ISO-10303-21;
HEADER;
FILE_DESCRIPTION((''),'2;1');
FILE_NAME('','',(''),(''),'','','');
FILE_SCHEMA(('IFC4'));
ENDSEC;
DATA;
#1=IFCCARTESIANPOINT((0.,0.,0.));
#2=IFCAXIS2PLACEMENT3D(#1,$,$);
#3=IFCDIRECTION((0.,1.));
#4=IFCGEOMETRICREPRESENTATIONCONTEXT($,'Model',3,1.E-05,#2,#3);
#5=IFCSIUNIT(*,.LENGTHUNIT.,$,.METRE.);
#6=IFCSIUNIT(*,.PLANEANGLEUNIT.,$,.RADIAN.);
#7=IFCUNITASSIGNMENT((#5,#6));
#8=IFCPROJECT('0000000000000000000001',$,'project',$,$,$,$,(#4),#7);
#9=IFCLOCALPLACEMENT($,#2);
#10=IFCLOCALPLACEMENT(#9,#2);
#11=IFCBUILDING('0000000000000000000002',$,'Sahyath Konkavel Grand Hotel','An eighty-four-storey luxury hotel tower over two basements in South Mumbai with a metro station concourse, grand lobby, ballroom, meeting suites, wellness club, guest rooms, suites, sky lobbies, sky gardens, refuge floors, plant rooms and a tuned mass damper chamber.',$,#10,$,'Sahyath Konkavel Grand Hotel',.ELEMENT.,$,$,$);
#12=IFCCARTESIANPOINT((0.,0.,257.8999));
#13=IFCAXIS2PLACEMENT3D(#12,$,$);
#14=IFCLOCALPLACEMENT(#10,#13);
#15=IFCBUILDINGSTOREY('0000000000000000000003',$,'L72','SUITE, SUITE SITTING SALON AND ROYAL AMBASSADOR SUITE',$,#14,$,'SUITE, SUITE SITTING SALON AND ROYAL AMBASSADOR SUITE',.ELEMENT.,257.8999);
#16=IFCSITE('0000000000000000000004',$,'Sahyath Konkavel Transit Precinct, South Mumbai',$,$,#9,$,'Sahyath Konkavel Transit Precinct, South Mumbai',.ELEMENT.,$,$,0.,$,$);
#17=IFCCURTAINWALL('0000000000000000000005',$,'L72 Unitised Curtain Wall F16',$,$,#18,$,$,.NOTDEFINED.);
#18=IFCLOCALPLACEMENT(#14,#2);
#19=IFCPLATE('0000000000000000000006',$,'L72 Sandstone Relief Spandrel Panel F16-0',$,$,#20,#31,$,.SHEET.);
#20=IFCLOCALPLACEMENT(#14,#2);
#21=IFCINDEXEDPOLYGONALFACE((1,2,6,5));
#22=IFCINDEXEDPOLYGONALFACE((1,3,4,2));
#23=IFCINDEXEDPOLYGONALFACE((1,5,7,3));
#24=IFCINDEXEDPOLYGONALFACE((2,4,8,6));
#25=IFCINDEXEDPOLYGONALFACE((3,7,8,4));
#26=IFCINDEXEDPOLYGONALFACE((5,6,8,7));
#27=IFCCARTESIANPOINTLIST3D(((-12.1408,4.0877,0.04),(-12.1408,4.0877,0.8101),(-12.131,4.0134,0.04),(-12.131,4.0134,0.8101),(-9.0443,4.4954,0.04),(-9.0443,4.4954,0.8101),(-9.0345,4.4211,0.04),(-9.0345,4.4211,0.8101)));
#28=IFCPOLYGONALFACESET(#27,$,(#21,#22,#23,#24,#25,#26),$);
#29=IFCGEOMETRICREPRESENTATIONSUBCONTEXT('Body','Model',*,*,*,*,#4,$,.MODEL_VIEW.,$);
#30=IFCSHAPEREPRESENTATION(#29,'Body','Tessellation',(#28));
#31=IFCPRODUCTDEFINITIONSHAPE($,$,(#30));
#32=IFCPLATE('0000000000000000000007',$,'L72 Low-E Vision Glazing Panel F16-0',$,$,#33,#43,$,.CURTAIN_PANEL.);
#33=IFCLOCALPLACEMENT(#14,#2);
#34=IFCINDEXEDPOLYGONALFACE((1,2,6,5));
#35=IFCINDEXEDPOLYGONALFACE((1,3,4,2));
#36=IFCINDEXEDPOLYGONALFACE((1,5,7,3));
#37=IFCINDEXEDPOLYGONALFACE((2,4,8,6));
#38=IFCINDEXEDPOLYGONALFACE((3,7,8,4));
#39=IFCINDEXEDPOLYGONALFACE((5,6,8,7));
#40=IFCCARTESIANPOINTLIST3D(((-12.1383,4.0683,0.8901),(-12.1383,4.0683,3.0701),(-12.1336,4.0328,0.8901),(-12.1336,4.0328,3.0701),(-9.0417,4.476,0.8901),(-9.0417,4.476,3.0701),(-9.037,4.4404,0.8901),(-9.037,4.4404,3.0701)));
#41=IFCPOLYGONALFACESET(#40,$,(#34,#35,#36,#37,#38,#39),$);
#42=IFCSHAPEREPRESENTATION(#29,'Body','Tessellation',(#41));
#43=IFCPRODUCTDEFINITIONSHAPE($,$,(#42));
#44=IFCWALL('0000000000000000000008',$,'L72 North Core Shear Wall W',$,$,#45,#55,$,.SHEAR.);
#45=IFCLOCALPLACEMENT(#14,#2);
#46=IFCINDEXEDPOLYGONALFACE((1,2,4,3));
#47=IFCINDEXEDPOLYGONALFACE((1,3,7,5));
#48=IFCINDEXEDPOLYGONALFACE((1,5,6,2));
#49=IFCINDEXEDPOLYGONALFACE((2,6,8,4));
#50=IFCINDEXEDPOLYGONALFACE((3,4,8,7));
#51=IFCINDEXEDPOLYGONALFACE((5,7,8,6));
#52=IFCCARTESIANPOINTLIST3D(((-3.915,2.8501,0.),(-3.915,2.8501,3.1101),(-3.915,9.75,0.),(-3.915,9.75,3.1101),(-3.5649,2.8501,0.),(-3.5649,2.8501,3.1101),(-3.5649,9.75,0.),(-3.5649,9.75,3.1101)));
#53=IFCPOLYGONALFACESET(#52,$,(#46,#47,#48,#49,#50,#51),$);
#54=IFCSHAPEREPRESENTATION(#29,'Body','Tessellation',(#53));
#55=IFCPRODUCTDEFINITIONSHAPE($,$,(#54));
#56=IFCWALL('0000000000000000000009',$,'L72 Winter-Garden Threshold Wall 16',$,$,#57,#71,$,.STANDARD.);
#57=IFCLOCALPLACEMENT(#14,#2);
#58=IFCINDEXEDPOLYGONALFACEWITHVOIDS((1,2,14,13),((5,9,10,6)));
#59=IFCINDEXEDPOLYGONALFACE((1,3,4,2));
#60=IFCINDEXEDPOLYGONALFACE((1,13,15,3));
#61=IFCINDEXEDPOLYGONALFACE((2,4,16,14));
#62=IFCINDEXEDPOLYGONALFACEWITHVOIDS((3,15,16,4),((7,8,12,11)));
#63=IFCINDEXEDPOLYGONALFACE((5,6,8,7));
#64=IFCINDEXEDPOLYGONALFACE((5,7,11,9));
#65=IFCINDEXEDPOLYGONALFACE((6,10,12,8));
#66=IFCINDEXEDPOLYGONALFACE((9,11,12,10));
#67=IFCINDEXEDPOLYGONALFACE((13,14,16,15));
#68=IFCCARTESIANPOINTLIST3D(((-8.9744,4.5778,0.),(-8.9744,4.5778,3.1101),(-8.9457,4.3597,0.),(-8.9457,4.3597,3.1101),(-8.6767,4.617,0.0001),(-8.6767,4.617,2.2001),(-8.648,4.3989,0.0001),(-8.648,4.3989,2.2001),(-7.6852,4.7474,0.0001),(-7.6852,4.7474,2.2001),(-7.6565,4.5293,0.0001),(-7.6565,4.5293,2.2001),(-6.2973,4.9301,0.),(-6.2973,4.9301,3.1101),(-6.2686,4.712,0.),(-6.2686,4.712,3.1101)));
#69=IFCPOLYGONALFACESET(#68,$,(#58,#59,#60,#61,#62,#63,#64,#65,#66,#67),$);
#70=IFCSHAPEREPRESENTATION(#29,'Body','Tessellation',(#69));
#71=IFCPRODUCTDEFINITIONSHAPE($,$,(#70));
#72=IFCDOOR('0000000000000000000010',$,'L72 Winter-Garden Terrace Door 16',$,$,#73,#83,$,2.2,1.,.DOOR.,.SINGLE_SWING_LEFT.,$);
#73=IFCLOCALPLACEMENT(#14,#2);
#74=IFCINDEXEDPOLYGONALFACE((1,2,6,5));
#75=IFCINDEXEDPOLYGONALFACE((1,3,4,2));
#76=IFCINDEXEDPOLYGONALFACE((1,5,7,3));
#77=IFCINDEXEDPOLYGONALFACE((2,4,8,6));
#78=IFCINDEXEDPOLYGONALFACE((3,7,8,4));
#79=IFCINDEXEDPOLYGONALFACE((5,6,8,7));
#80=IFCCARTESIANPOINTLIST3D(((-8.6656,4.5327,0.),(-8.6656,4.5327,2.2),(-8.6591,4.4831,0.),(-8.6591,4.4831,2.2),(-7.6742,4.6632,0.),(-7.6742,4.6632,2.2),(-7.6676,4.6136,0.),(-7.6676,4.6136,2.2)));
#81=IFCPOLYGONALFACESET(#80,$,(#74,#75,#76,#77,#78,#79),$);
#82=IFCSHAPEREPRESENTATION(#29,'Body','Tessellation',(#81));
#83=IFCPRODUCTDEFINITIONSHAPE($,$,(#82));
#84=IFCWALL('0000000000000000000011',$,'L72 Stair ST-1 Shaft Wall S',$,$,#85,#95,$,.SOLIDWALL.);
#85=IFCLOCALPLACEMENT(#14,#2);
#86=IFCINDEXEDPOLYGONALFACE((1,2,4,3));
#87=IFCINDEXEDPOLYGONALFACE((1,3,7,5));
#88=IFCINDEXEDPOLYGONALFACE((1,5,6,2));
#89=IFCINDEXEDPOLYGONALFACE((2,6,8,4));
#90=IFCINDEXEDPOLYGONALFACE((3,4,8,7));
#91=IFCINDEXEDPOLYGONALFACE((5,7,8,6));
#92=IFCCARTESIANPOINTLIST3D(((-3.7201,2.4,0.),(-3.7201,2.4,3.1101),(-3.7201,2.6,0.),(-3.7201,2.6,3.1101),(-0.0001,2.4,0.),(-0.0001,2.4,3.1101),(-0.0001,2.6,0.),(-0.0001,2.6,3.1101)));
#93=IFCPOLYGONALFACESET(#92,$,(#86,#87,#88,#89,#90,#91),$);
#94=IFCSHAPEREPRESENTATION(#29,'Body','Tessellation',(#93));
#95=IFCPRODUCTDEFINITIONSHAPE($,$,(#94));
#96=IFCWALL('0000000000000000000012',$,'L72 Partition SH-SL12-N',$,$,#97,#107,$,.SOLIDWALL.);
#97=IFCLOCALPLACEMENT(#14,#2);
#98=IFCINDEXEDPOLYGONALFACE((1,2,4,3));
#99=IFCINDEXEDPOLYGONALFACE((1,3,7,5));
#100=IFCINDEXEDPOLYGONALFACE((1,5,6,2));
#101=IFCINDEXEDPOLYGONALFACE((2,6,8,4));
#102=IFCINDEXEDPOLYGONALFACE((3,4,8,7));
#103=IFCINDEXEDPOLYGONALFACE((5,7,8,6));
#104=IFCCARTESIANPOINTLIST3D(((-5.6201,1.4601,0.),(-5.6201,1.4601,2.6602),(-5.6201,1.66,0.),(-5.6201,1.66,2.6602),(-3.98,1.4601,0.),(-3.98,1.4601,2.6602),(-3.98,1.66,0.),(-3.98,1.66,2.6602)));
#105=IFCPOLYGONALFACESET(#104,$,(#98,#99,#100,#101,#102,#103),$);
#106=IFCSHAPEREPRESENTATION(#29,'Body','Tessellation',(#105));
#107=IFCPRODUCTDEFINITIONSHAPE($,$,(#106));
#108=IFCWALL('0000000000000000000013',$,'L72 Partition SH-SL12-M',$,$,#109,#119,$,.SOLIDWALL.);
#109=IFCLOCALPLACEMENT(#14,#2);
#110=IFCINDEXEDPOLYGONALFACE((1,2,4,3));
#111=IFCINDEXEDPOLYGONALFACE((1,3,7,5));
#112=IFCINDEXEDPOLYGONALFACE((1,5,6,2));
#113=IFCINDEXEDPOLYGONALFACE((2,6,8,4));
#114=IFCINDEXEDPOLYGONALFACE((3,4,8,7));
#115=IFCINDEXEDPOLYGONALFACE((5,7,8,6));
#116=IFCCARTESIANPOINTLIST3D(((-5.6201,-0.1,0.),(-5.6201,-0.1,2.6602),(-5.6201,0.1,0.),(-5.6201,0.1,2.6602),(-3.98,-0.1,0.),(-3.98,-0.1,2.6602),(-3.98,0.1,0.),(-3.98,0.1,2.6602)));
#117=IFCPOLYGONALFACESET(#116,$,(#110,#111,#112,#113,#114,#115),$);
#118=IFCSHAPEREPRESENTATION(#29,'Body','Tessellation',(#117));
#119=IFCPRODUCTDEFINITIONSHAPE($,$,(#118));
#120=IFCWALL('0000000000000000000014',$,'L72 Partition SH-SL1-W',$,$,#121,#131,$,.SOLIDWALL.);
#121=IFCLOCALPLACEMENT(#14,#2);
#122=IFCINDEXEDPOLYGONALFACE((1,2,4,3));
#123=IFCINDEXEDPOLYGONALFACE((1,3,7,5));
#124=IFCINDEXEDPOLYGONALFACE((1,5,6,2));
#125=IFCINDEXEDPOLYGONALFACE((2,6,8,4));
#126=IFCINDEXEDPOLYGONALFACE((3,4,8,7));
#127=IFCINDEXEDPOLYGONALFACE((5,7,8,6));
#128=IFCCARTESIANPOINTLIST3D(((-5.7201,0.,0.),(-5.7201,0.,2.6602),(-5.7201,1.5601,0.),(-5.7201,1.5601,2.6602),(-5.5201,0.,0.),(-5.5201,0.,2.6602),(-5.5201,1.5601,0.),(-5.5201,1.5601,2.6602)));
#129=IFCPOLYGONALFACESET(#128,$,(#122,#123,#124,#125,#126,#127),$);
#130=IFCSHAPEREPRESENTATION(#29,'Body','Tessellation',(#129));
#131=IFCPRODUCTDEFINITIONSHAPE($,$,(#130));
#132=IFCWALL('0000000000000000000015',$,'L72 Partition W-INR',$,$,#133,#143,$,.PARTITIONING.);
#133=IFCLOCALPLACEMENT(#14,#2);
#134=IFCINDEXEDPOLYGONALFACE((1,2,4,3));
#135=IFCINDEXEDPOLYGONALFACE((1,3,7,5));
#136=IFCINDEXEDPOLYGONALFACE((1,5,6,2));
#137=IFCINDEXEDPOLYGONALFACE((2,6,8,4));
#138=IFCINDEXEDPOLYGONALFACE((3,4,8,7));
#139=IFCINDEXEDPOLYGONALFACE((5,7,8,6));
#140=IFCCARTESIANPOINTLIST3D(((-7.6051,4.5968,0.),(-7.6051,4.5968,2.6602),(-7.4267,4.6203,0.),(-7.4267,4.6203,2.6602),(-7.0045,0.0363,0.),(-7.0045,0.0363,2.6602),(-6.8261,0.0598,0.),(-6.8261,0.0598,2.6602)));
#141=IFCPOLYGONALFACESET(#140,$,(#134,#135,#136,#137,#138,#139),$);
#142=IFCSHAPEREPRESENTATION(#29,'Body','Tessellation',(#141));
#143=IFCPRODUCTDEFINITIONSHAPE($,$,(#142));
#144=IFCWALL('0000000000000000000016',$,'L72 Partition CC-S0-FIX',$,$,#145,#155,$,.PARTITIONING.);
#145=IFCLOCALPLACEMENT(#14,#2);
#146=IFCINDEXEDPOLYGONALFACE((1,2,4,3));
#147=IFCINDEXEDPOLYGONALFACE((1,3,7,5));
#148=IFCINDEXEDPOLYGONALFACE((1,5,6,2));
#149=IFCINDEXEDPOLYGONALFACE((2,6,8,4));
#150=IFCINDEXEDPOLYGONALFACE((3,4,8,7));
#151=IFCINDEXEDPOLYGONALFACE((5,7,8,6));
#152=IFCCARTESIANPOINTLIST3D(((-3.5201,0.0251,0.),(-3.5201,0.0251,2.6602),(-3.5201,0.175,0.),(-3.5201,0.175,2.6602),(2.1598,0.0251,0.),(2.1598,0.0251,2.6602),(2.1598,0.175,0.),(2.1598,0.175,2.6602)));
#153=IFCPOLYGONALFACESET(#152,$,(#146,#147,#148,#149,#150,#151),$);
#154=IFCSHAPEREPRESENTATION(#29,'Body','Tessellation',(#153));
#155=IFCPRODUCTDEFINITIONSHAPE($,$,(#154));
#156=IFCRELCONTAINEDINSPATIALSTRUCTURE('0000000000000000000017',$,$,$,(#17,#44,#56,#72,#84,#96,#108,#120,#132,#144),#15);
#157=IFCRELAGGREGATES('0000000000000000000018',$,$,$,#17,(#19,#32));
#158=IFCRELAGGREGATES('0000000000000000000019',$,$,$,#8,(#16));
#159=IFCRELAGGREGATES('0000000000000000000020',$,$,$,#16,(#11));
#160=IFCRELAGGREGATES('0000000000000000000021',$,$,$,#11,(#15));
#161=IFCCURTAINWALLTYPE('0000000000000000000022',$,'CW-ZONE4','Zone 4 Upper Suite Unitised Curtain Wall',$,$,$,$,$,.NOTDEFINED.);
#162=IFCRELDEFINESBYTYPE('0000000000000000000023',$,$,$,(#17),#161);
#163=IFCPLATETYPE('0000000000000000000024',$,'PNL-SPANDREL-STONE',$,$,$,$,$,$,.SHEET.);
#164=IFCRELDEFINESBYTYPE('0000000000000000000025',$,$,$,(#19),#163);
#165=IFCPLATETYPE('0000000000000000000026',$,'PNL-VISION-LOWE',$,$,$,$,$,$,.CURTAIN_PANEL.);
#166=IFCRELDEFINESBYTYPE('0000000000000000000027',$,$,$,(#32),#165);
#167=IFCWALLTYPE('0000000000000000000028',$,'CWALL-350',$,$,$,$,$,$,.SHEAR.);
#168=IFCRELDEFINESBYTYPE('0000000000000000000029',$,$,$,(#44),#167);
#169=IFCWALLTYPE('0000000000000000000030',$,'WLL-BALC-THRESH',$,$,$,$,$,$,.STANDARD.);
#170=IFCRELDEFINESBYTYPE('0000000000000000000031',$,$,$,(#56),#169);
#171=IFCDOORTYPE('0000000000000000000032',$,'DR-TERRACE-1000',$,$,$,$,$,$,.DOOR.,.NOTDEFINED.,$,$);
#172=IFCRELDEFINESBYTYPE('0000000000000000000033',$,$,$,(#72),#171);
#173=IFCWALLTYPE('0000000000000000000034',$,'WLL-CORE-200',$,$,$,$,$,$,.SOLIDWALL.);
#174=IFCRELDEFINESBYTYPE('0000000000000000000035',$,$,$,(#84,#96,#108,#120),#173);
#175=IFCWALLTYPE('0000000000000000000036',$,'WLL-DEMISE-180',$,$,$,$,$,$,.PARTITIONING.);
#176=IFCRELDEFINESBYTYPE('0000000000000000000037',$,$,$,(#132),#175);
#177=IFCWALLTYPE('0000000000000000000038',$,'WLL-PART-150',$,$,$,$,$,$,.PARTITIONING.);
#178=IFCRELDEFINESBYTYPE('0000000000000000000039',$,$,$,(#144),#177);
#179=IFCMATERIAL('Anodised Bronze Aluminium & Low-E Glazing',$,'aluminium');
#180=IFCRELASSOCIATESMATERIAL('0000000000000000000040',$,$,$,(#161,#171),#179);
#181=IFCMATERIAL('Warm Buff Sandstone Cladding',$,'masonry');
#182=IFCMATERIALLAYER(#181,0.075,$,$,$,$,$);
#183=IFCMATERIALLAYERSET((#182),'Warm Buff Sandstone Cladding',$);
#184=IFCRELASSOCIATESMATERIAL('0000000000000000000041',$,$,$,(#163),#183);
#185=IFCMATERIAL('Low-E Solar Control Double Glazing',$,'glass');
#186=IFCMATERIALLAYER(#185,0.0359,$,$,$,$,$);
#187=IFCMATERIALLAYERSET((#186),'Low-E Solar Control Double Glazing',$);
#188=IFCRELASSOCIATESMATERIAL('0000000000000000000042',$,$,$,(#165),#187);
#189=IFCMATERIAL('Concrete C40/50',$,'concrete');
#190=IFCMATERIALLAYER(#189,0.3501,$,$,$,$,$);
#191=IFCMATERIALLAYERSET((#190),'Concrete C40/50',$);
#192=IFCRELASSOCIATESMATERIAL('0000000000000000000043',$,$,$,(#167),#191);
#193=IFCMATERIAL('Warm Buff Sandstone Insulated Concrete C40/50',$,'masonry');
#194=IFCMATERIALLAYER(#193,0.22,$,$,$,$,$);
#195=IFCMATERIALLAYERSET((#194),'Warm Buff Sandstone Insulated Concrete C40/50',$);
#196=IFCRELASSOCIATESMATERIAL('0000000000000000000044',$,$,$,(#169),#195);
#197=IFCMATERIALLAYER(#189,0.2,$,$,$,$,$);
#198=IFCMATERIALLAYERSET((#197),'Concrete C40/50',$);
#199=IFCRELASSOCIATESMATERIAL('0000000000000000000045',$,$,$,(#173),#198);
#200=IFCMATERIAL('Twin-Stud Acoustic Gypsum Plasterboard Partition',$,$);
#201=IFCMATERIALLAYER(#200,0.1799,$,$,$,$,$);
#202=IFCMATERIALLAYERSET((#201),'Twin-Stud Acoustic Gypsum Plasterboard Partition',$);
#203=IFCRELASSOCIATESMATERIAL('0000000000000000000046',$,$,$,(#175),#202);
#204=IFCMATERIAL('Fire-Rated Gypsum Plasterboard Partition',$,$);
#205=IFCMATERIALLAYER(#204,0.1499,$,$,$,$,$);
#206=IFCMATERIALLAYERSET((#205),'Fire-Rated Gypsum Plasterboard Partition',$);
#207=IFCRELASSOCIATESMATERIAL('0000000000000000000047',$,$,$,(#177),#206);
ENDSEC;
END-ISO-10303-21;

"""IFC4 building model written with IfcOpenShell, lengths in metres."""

from ifc_helpers import new_model, si_unit, direction, frame, frame_2d, origin, origin_2d, place, context, subcontext, project, spatial, rectangle, extrude, source, transform, mapped, material, layer, layer_set, type_object, element, fill, aggregate, save


model = new_model("IFC4")

# Units and contexts
model_context = context("Model", 3, precision=1e-05, world=origin(), true_north=direction((0.0, 1.0)))
body_context = subcontext(model_context, "Body", "Model", "MODEL_VIEW")
ifc_project = project(units=[si_unit("LENGTHUNIT", "METRE"), si_unit("PLANEANGLEUNIT", "RADIAN")], contexts=[model_context])

# Site, building, storey
site_placement = place(None, origin())
site = spatial("IfcSite", under=ifc_project, at=site_placement, Name="Sahyath Konkavel Transit Precinct, South Mumbai", LongName="Sahyath Konkavel Transit Precinct, South Mumbai", CompositionType="ELEMENT", RefElevation=0.0)
building_placement = place(site_placement, origin())
building = spatial("IfcBuilding", under=site, at=building_placement, Name="Sahyath Konkavel Grand Hotel", Description="An eighty-four-storey luxury hotel tower over two basements in South Mumbai with a metro station concourse, grand lobby, ballroom, meeting suites, wellness club, guest rooms, suites, sky lobbies, sky gardens, refuge floors, plant rooms and a tuned mass damper chamber.", LongName="Sahyath Konkavel Grand Hotel", CompositionType="ELEMENT")
storey_placement = place(building_placement, frame((0.0, 0.0, 257.8999)))
storey = spatial("IfcBuildingStorey", under=building, at=storey_placement, Name="L72", Description="SUITE, SUITE SITTING SALON AND ROYAL AMBASSADOR SUITE", LongName="SUITE, SUITE SITTING SALON AND ROYAL AMBASSADOR SUITE", CompositionType="ELEMENT", Elevation=257.8999)

# Shared definitions
ifc_material_1 = material(Name="Concrete C40/50", Category="concrete")

# Curtain wall, plates
ifc_material_2 = material(Name="Anodised Bronze Aluminium & Low-E Glazing", Category="aluminium")
curtain_wall_type = type_object("IfcCurtainWallType", Name="CW-ZONE4", Description="Zone 4 Upper Suite Unitised Curtain Wall", PredefinedType="NOTDEFINED", material=ifc_material_2)
curtain_wall_placement = place(storey_placement, origin())
curtain_wall = element("IfcCurtainWall", 1, at=curtain_wall_placement, inside=storey, type_object=curtain_wall_type, Name="L72 Unitised Curtain Wall F16", PredefinedType="NOTDEFINED")
ifc_material_3 = material(Name="Warm Buff Sandstone Cladding", Category="masonry")
ifc_layer_1 = layer(ifc_material_3, 0.075)
ifc_layer_set_1 = layer_set([ifc_layer_1], Name="Warm Buff Sandstone Cladding")
plate_type_1 = type_object("IfcPlateType", Name="PNL-SPANDREL-STONE", PredefinedType="SHEET", material=ifc_layer_set_1)
shared_shape_1 = source(origin(), body_context, "Body", "SweptSolid", [
    extrude(rectangle(XDim=3.1233, YDim=0.075, at=origin_2d()), origin(), (0.0, 0.0, 1.0), 0.77),
])
plate_1_placement = place(storey_placement, frame((-10.5876, 4.2544, 0.04), z_axis=(0.0, 0.0, 1.0), x_axis=(-0.991445, -0.130526, 0.0)))
plate_1 = element("IfcPlate", 2, at=plate_1_placement, type_object=plate_type_1, Name="L72 Sandstone Relief Spandrel Panel F16-0", PredefinedType="SHEET", context=body_context, shape_type="MappedRepresentation", body=[
    mapped(shared_shape_1, transform((0.0, 0.0, 0.0), scale=1.0)),
])
ifc_material_4 = material(Name="Low-E Solar Control Double Glazing", Category="glass")
ifc_layer_2 = layer(ifc_material_4, 0.0359)
ifc_layer_set_2 = layer_set([ifc_layer_2], Name="Low-E Solar Control Double Glazing")
plate_type_2 = type_object("IfcPlateType", Name="PNL-VISION-LOWE", PredefinedType="CURTAIN_PANEL", material=ifc_layer_set_2)
shared_shape_2 = source(origin(), body_context, "Body", "SweptSolid", [
    extrude(rectangle(XDim=3.1233, YDim=0.0359, at=origin_2d()), origin(), (0.0, 0.0, 1.0), 2.1799),
])
plate_2_placement = place(storey_placement, frame((-10.5876, 4.2544, 0.8901), z_axis=(0.0, 0.0, 1.0), x_axis=(-0.991445, -0.130526, 0.0)))
plate_2 = element("IfcPlate", 3, at=plate_2_placement, type_object=plate_type_2, Name="L72 Low-E Vision Glazing Panel F16-0", PredefinedType="CURTAIN_PANEL", context=body_context, shape_type="MappedRepresentation", body=[
    mapped(shared_shape_2, transform((0.0, 0.0, 0.0), scale=1.0)),
])
aggregate(curtain_wall, [plate_1, plate_2])

# Wall
ifc_layer_3 = layer(ifc_material_1, 0.3501)
ifc_layer_set_3 = layer_set([ifc_layer_3], Name="Concrete C40/50")
wall_type_1 = type_object("IfcWallType", Name="CWALL-350", PredefinedType="SHEAR", material=ifc_layer_set_3)
wall_1_placement = place(storey_placement, frame((-3.74, 2.8501, 0.0), z_axis=(0.0, 0.0, 1.0), x_axis=(0.0, 1.0, 0.0)))
element("IfcWall", 4, at=wall_1_placement, inside=storey, type_object=wall_type_1, Name="L72 North Core Shear Wall W", PredefinedType="SHEAR", context=body_context, shape_type="SweptSolid", body=[
    extrude(rectangle(XDim=6.8999, YDim=0.3501, at=frame_2d((3.45, 0.0))), origin(), (0.0, 0.0, 1.0), 3.1101),
])

# Wall, opening, door
ifc_material_5 = material(Name="Warm Buff Sandstone Insulated Concrete C40/50", Category="masonry")
ifc_layer_4 = layer(ifc_material_5, 0.22)
ifc_layer_set_4 = layer_set([ifc_layer_4], Name="Warm Buff Sandstone Insulated Concrete C40/50")
wall_type_2 = type_object("IfcWallType", Name="WLL-BALC-THRESH", PredefinedType="STANDARD", material=ifc_layer_set_4)
wall_2_placement = place(storey_placement, frame((-6.283, 4.821, 0.0), z_axis=(0.0, 0.0, 1.0), x_axis=(-0.991452, -0.130476, 0.0)))
wall_2 = element("IfcWall", 5, at=wall_2_placement, inside=storey, type_object=wall_type_2, Name="L72 Winter-Garden Threshold Wall 16", PredefinedType="STANDARD", context=body_context, shape_type="SweptSolid", body=[
    extrude(rectangle(XDim=2.7002, YDim=0.22, at=frame_2d((1.3501, 0.0))), origin(), (0.0, 0.0, 1.0), 3.1101),
])
opening_1_placement = place(wall_2_placement, frame((1.3999, 0.0, 0.0)))
opening_1 = element("IfcOpeningElement", 6, at=opening_1_placement, cuts=wall_2, PredefinedType="OPENING", context=body_context, shape_type="SweptSolid", body=[
    extrude(rectangle(XDim=1.0, YDim=2.2, at=frame_2d((0.5, 1.1001))), frame((0.0, 0.1201, 0.0), z_axis=(0.0, -1.0, 0.0), x_axis=(1.0, 0.0, 0.0)), (0.0, 0.0, 1.0), 0.24),
])
door_type_1 = type_object("IfcDoorType", Name="DR-TERRACE-1000", OperationType="NOTDEFINED", PredefinedType="DOOR", material=ifc_material_2)
shared_shape_3 = source(origin(), body_context, "Body", "SweptSolid", [
    extrude(rectangle(XDim=1.0, YDim=0.05, at=origin_2d()), origin(), (0.0, 0.0, 1.0), 2.2),
])
door_1_placement = place(opening_1_placement, frame((0.5, 0.0, 0.0)))
door_1 = element("IfcDoor", 7, at=door_1_placement, inside=storey, type_object=door_type_1, Name="L72 Winter-Garden Terrace Door 16", OperationType="SINGLE_SWING_LEFT", OverallHeight=2.2, OverallWidth=1.0, PredefinedType="DOOR", context=body_context, shape_type="MappedRepresentation", body=[
    mapped(shared_shape_3, transform((0.0, 0.0, 0.0), scale=1.0)),
])
fill(opening_1, door_1)

# Walls
ifc_layer_5 = layer(ifc_material_1, 0.2)
ifc_layer_set_5 = layer_set([ifc_layer_5], Name="Concrete C40/50")
wall_type_3 = type_object("IfcWallType", Name="WLL-CORE-200", PredefinedType="SOLIDWALL", material=ifc_layer_set_5)
wall_3_placement = place(storey_placement, frame((-3.72, 2.5, 0.0), z_axis=(0.0, 0.0, 1.0), x_axis=(1.0, 0.0, 0.0)))
element("IfcWall", 8, at=wall_3_placement, inside=storey, type_object=wall_type_3, Name="L72 Stair ST-1 Shaft Wall S", PredefinedType="SOLIDWALL", context=body_context, shape_type="SweptSolid", body=[
    extrude(rectangle(XDim=3.72, YDim=0.2, at=frame_2d((1.8599, 0.0))), origin(), (0.0, 0.0, 1.0), 3.1101),
])
for number, where, z_axis, x_axis, name in (
    (9, (-5.6201, 1.5601, 0.0), (0.0, 0.0, 1.0), (1.0, 0.0, 0.0), "L72 Partition SH-SL12-N"),
    (10, (-5.6201, 0.0, 0.0), (0.0, 0.0, 1.0), (1.0, 0.0, 0.0), "L72 Partition SH-SL12-M"),
):
    element("IfcWall", number, at=place(storey_placement, frame(where, z_axis=z_axis, x_axis=x_axis)), inside=storey, type_object=wall_type_3, Name=name, PredefinedType="SOLIDWALL", context=body_context, shape_type="SweptSolid", body=[
        extrude(rectangle(XDim=1.6401, YDim=0.2, at=frame_2d((0.8201, 0.0))), origin(), (0.0, 0.0, 1.0), 2.6602),
    ])
wall_4_placement = place(storey_placement, frame((-5.6201, 0.0, 0.0), z_axis=(0.0, 0.0, 1.0), x_axis=(0.0, 1.0, 0.0)))
element("IfcWall", 11, at=wall_4_placement, inside=storey, type_object=wall_type_3, Name="L72 Partition SH-SL1-W", PredefinedType="SOLIDWALL", context=body_context, shape_type="SweptSolid", body=[
    extrude(rectangle(XDim=1.5601, YDim=0.2, at=frame_2d((0.78, 0.0))), origin(), (0.0, 0.0, 1.0), 2.6602),
])
ifc_material_6 = material(Name="Twin-Stud Acoustic Gypsum Plasterboard Partition")
ifc_layer_6 = layer(ifc_material_6, 0.1799)
ifc_layer_set_6 = layer_set([ifc_layer_6], Name="Twin-Stud Acoustic Gypsum Plasterboard Partition")
wall_type_4 = type_object("IfcWallType", Name="WLL-DEMISE-180", PredefinedType="PARTITIONING", material=ifc_layer_set_6)
wall_5_placement = place(storey_placement, frame((-7.5159, 4.6084, 0.0), z_axis=(0.0, 0.0, 1.0), x_axis=(0.130564, -0.99144, 0.0)))
element("IfcWall", 12, at=wall_5_placement, inside=storey, type_object=wall_type_4, Name="L72 Partition W-INR", PredefinedType="PARTITIONING", context=body_context, shape_type="SweptSolid", body=[
    extrude(rectangle(XDim=4.5999, YDim=0.1799, at=frame_2d((2.2998, 0.0))), origin(), (0.0, 0.0, 1.0), 2.6602),
])
ifc_material_7 = material(Name="Fire-Rated Gypsum Plasterboard Partition")
ifc_layer_7 = layer(ifc_material_7, 0.1499)
ifc_layer_set_7 = layer_set([ifc_layer_7], Name="Fire-Rated Gypsum Plasterboard Partition")
wall_type_5 = type_object("IfcWallType", Name="WLL-PART-150", PredefinedType="PARTITIONING", material=ifc_layer_set_7)
wall_6_placement = place(storey_placement, frame((-3.52, 0.1001, 0.0), z_axis=(0.0, 0.0, 1.0), x_axis=(1.0, 0.0, 0.0)))
element("IfcWall", 13, at=wall_6_placement, inside=storey, type_object=wall_type_5, Name="L72 Partition CC-S0-FIX", PredefinedType="PARTITIONING", context=body_context, shape_type="SweptSolid", body=[
    extrude(rectangle(XDim=5.6799, YDim=0.1499, at=frame_2d((2.8398, 0.0))), origin(), (0.0, 0.0, 1.0), 2.6602),
])

save(model, "model.ifc")
